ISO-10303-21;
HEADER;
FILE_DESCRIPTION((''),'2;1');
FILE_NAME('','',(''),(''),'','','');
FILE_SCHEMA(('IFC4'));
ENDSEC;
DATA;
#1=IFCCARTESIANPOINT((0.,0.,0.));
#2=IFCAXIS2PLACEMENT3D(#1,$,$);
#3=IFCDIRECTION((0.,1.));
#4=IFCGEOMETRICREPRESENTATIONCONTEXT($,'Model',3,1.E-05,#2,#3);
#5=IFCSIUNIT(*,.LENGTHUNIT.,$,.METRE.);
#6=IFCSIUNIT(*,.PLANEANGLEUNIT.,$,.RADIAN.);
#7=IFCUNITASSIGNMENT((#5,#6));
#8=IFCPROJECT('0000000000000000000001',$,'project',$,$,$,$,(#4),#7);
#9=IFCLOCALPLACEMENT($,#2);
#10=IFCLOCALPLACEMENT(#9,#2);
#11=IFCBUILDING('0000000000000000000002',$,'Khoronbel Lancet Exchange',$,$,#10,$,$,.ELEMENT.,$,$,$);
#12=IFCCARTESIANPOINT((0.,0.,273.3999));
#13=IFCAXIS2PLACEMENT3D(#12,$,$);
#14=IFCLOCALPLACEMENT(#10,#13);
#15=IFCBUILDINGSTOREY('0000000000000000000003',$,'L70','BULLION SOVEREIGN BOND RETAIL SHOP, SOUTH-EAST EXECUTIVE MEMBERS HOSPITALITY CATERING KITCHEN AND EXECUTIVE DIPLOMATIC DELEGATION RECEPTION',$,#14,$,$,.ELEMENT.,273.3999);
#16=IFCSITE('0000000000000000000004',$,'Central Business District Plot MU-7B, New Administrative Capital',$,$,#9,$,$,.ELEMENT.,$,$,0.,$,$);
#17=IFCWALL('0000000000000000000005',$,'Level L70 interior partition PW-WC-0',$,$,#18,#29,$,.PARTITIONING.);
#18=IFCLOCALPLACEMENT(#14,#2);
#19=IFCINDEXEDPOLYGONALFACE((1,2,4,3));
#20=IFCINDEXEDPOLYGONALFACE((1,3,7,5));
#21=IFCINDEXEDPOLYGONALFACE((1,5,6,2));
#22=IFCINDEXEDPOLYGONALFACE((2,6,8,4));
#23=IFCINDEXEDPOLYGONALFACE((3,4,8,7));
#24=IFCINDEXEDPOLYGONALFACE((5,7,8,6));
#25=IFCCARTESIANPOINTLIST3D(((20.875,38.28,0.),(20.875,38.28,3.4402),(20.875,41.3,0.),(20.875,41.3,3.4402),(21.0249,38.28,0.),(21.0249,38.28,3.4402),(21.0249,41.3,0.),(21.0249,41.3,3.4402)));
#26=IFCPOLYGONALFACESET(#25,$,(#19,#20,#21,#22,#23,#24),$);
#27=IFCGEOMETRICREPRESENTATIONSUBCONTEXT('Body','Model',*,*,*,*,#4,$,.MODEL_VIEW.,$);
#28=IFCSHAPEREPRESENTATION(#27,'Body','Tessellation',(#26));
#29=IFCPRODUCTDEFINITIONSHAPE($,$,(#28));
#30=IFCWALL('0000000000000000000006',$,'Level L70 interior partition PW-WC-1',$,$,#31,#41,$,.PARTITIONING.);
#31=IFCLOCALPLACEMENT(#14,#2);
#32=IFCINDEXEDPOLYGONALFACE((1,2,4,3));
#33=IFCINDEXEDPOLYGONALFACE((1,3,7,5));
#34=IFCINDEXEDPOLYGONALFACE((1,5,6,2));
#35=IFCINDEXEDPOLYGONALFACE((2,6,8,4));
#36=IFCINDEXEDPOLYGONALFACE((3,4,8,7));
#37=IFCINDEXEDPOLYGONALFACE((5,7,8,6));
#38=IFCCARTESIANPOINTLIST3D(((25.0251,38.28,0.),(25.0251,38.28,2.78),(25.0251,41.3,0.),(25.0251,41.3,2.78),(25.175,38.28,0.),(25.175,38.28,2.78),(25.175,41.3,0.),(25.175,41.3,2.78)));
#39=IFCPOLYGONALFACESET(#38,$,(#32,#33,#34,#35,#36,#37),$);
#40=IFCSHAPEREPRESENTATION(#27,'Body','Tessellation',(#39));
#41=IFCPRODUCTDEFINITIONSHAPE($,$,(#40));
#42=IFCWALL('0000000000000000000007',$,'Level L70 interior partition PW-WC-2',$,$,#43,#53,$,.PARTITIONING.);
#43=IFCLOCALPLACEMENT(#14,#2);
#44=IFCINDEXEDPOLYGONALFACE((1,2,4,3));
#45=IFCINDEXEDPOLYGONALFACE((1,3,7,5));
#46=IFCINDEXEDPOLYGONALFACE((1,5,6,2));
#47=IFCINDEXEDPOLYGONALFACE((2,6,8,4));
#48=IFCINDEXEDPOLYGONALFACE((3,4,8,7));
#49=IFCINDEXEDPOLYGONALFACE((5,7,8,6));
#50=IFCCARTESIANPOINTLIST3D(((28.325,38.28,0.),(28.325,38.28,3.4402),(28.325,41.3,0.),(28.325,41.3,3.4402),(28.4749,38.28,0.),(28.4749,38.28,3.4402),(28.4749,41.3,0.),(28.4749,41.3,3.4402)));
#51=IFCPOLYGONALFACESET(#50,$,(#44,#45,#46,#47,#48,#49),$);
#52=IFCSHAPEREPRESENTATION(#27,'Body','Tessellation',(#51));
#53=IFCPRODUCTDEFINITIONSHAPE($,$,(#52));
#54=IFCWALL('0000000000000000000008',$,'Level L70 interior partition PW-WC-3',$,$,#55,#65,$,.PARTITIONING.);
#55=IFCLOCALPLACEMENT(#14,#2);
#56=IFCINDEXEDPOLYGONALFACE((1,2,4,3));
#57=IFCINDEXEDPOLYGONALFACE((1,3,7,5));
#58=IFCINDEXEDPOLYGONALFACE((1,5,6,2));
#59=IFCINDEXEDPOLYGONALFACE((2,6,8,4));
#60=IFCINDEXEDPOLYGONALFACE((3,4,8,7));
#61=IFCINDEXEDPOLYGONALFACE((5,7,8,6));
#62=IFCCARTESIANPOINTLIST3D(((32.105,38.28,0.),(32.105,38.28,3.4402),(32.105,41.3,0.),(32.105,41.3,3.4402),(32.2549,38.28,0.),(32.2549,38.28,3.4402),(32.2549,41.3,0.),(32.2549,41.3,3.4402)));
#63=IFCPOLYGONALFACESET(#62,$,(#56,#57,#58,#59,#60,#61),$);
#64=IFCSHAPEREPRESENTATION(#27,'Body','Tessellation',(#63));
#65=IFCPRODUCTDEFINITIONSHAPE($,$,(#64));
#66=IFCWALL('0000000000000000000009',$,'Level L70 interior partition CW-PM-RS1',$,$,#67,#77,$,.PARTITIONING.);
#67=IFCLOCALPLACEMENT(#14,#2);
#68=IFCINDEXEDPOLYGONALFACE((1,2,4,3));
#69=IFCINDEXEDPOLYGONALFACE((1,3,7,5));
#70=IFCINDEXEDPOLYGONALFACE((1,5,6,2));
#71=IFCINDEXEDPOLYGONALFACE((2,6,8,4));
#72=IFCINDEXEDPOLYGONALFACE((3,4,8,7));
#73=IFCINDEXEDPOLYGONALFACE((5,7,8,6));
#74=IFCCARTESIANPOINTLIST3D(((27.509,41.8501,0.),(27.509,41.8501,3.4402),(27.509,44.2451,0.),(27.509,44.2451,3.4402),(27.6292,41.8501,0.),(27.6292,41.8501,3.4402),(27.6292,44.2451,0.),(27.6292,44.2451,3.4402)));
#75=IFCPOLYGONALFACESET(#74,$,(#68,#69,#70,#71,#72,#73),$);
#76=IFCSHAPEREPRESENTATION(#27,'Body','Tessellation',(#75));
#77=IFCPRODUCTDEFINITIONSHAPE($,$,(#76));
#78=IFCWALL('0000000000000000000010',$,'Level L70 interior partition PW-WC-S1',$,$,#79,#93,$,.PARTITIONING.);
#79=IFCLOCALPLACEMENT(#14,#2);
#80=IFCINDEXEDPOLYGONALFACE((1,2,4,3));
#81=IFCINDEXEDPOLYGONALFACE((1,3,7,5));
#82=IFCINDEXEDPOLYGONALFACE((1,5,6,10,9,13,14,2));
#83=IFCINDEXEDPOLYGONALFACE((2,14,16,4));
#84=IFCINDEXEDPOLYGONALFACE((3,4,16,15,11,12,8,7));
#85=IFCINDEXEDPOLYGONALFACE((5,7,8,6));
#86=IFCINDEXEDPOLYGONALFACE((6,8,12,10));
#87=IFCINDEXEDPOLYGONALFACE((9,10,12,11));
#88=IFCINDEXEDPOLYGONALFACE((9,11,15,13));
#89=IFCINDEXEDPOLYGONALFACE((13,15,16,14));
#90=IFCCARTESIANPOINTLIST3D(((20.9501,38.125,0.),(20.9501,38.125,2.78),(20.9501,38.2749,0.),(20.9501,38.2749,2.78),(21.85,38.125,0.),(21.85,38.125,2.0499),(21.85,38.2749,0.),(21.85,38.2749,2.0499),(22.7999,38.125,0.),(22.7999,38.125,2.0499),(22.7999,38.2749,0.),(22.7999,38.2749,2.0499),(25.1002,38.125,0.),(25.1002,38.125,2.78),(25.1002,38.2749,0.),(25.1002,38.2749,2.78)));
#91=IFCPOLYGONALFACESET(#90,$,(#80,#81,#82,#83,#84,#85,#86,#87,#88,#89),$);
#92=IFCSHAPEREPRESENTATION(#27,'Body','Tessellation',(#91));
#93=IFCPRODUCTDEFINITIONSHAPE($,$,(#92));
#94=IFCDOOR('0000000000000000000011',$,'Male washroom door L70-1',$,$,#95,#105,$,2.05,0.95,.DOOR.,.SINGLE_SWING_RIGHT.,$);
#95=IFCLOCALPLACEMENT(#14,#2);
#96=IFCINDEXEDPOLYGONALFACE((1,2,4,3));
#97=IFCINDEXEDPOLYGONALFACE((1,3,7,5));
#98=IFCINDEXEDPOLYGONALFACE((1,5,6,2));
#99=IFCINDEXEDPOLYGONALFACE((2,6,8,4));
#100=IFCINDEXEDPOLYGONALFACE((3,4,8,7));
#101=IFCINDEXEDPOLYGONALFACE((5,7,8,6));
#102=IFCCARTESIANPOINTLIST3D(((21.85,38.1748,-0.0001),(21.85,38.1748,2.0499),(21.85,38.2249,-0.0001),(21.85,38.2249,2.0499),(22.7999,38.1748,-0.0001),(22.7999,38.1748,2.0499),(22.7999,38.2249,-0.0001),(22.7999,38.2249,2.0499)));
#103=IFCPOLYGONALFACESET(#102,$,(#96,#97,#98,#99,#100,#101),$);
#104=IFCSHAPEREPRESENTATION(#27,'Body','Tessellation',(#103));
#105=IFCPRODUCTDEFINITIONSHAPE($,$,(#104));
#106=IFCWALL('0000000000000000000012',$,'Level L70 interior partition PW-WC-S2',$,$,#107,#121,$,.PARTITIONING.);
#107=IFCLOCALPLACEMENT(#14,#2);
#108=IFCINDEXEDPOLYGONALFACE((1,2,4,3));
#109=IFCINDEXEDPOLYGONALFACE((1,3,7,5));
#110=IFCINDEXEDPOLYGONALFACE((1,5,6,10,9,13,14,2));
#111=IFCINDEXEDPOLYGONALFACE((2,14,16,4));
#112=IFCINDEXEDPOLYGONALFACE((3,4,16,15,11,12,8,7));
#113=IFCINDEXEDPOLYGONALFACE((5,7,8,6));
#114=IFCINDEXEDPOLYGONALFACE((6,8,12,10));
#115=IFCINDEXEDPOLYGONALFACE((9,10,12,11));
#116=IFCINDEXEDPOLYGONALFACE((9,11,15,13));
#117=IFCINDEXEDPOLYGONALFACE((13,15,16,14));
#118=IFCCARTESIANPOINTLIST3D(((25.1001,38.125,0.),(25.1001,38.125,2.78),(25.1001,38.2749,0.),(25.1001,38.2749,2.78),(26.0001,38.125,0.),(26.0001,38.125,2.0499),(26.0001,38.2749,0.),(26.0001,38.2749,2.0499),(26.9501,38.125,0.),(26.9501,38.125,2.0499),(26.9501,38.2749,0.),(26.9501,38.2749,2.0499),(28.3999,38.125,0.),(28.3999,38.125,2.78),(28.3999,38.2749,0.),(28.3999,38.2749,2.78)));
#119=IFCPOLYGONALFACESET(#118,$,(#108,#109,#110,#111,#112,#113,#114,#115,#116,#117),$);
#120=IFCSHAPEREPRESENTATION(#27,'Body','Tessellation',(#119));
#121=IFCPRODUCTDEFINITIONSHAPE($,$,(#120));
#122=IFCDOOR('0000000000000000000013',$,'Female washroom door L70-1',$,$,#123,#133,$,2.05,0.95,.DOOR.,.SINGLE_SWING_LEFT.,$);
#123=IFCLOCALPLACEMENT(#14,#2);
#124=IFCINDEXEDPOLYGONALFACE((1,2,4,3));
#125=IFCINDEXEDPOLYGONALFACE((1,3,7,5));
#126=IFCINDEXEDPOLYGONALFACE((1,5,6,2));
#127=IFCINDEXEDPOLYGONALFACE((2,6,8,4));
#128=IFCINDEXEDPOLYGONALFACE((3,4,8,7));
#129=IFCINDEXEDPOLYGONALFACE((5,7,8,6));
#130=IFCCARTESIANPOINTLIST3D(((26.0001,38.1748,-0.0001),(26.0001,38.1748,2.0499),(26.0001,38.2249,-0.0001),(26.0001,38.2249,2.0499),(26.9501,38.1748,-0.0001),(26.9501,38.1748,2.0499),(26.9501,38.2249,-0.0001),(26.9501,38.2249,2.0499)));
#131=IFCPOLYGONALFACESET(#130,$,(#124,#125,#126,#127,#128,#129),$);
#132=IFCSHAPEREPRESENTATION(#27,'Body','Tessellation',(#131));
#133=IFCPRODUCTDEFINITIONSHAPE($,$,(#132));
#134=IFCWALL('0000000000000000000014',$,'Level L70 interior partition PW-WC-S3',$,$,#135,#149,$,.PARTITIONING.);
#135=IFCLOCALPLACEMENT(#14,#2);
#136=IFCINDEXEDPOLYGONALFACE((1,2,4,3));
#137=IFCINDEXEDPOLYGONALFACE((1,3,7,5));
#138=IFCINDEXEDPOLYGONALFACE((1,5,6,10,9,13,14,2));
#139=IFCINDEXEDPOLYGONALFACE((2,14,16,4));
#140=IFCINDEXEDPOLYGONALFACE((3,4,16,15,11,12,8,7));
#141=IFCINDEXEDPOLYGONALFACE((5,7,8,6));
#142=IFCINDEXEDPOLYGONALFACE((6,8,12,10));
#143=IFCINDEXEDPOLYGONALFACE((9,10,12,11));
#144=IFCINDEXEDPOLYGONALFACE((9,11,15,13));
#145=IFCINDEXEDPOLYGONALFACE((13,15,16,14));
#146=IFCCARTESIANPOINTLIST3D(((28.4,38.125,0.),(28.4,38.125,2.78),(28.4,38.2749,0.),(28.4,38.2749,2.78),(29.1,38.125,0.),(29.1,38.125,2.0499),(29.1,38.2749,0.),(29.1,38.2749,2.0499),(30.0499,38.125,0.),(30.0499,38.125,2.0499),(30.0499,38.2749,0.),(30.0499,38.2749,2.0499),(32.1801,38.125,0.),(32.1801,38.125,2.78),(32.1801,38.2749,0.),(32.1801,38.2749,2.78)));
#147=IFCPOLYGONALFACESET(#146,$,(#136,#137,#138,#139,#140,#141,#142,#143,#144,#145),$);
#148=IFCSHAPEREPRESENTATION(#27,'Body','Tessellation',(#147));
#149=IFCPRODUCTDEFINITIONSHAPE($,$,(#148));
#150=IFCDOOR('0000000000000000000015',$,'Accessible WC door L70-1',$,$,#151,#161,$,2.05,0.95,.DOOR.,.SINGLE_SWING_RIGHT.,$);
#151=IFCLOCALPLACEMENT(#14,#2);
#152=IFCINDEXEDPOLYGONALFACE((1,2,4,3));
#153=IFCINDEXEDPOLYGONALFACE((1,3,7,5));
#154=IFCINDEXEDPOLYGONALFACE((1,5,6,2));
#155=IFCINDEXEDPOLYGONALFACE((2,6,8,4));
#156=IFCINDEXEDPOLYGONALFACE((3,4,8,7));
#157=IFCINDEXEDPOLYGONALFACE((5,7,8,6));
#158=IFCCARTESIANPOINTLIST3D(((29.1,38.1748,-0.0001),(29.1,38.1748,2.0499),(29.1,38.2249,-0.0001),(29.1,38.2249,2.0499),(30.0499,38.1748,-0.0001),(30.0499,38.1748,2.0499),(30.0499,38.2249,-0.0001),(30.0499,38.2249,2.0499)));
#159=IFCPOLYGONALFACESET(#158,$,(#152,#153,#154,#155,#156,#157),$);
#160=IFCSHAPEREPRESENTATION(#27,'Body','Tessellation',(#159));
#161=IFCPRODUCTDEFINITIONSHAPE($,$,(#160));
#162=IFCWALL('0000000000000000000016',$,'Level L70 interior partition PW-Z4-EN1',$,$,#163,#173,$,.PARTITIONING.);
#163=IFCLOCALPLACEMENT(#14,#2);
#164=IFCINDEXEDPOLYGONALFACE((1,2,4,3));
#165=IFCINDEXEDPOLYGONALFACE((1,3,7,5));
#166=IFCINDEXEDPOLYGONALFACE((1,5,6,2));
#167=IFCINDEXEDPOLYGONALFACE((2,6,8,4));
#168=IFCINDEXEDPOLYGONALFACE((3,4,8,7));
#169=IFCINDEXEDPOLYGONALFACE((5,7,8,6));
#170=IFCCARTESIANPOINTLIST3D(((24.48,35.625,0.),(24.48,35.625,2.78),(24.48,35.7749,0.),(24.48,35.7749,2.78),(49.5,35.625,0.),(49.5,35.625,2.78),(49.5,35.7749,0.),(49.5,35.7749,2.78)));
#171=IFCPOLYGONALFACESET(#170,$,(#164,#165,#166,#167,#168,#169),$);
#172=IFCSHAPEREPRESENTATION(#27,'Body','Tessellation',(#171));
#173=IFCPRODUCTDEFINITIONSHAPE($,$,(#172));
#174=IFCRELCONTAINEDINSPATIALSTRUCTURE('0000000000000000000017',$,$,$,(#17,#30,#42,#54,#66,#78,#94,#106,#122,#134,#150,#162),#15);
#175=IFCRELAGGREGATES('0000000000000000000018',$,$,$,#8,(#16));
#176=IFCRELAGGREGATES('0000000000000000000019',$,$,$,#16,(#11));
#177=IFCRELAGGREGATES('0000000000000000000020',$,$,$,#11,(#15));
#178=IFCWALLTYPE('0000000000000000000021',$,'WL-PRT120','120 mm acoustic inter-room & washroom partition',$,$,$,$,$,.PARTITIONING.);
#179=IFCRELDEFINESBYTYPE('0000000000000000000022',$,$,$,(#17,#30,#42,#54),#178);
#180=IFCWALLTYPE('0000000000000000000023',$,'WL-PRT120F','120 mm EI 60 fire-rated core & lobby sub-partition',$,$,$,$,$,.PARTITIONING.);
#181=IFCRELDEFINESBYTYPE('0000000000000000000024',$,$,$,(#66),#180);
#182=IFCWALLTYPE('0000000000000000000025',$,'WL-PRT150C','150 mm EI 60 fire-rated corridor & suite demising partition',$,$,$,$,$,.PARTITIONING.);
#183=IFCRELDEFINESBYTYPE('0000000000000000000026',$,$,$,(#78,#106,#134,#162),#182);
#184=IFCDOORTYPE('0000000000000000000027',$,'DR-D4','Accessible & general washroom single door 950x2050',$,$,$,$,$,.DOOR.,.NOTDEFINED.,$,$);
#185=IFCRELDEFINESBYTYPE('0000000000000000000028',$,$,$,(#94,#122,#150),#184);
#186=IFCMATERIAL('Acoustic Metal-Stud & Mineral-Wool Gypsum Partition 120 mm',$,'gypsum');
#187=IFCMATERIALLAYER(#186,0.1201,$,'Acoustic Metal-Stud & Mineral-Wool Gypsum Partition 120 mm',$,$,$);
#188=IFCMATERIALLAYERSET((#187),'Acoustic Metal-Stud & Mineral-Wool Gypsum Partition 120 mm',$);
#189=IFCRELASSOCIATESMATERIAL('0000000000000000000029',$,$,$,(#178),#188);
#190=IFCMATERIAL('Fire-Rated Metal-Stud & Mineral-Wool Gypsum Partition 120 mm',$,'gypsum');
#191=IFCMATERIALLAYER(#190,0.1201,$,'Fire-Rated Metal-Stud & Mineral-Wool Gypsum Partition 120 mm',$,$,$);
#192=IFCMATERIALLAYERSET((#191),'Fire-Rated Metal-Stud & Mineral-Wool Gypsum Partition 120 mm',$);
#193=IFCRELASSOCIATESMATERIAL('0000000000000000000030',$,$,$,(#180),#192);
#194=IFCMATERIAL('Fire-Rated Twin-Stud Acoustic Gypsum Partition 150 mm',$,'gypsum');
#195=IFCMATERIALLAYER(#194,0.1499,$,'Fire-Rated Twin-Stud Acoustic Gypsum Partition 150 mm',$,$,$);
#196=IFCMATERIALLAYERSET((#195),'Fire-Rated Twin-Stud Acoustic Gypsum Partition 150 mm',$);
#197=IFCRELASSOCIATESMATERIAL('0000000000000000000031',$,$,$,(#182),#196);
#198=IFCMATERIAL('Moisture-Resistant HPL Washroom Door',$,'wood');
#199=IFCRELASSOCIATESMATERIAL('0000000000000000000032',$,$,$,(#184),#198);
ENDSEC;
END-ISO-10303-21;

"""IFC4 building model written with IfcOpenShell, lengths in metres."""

from ifc_helpers import new_model, si_unit, direction, frame, frame_2d, origin, place, context, subcontext, project, spatial, rectangle, extrude, material, layer, layer_set, type_object, element, fill, save


model = new_model("IFC4")

# Units and contexts
model_context = context("Model", 3, precision=1e-05, world=origin(), true_north=direction((0.0, 1.0)))
body_context = subcontext(model_context, "Body", "Model", "MODEL_VIEW")
ifc_project = project(units=[si_unit("LENGTHUNIT", "METRE"), si_unit("PLANEANGLEUNIT", "RADIAN")], contexts=[model_context])

# Site, building, storey
site_placement = place(None, origin())
site = spatial("IfcSite", under=ifc_project, at=site_placement, Name="Central Business District Plot MU-7B, New Administrative Capital", CompositionType="ELEMENT", RefElevation=0.0)
building_placement = place(site_placement, origin())
building = spatial("IfcBuilding", under=site, at=building_placement, Name="Khoronbel Lancet Exchange", CompositionType="ELEMENT")
storey_placement = place(building_placement, frame((0.0, 0.0, 273.3999)))
storey = spatial("IfcBuildingStorey", under=building, at=storey_placement, Name="L70", Description="BULLION SOVEREIGN BOND RETAIL SHOP, SOUTH-EAST EXECUTIVE MEMBERS HOSPITALITY CATERING KITCHEN AND EXECUTIVE DIPLOMATIC DELEGATION RECEPTION", CompositionType="ELEMENT", Elevation=273.3999)

# Walls
ifc_material_1 = material(Name="Acoustic Metal-Stud & Mineral-Wool Gypsum Partition 120 mm", Category="gypsum")
ifc_layer_1 = layer(ifc_material_1, 0.1201, Name="Acoustic Metal-Stud & Mineral-Wool Gypsum Partition 120 mm")
ifc_layer_set_1 = layer_set([ifc_layer_1], Name="Acoustic Metal-Stud & Mineral-Wool Gypsum Partition 120 mm")
wall_type_1 = type_object("IfcWallType", Name="WL-PRT120", Description="120 mm acoustic inter-room & washroom partition", PredefinedType="PARTITIONING", material=ifc_layer_set_1)
wall_1_placement = place(storey_placement, frame((20.95, 38.28, 0.0), z_axis=(0.0, 0.0, 1.0), x_axis=(0.0, 1.0, 0.0)))
element("IfcWall", 1, at=wall_1_placement, inside=storey, type_object=wall_type_1, Name="Level L70 interior partition PW-WC-0", PredefinedType="PARTITIONING", context=body_context, shape_type="SweptSolid", body=[
    extrude(rectangle(XDim=3.02, YDim=0.1499, at=frame_2d((1.51, 0.0))), origin(), (0.0, 0.0, 1.0), 3.4402),
])
wall_2_placement = place(storey_placement, frame((25.1001, 38.28, 0.0), z_axis=(0.0, 0.0, 1.0), x_axis=(0.0, 1.0, 0.0)))
element("IfcWall", 2, at=wall_2_placement, inside=storey, type_object=wall_type_1, Name="Level L70 interior partition PW-WC-1", PredefinedType="PARTITIONING", context=body_context, shape_type="SweptSolid", body=[
    extrude(rectangle(XDim=3.02, YDim=0.1499, at=frame_2d((1.51, 0.0))), origin(), (0.0, 0.0, 1.0), 2.78),
])
for number, where, z_axis, x_axis, name in (
    (3, (28.3999, 38.28, 0.0), (0.0, 0.0, 1.0), (0.0, 1.0, 0.0), "Level L70 interior partition PW-WC-2"),
    (4, (32.1799, 38.28, 0.0), (0.0, 0.0, 1.0), (0.0, 1.0, 0.0), "Level L70 interior partition PW-WC-3"),
):
    element("IfcWall", number, at=place(storey_placement, frame(where, z_axis=z_axis, x_axis=x_axis)), inside=storey, type_object=wall_type_1, Name=name, PredefinedType="PARTITIONING", context=body_context, shape_type="SweptSolid", body=[
        extrude(rectangle(XDim=3.02, YDim=0.1499, at=frame_2d((1.51, 0.0))), origin(), (0.0, 0.0, 1.0), 3.4402),
    ])
ifc_material_2 = material(Name="Fire-Rated Metal-Stud & Mineral-Wool Gypsum Partition 120 mm", Category="gypsum")
ifc_layer_2 = layer(ifc_material_2, 0.1201, Name="Fire-Rated Metal-Stud & Mineral-Wool Gypsum Partition 120 mm")
ifc_layer_set_2 = layer_set([ifc_layer_2], Name="Fire-Rated Metal-Stud & Mineral-Wool Gypsum Partition 120 mm")
wall_type_2 = type_object("IfcWallType", Name="WL-PRT120F", Description="120 mm EI 60 fire-rated core & lobby sub-partition", PredefinedType="PARTITIONING", material=ifc_layer_set_2)
wall_3_placement = place(storey_placement, frame((27.5691, 41.8501, 0.0), z_axis=(0.0, 0.0, 1.0), x_axis=(0.0, 1.0, 0.0)))
element("IfcWall", 5, at=wall_3_placement, inside=storey, type_object=wall_type_2, Name="Level L70 interior partition CW-PM-RS1", PredefinedType="PARTITIONING", context=body_context, shape_type="SweptSolid", body=[
    extrude(rectangle(XDim=2.395, YDim=0.1201, at=frame_2d((1.1975, 0.0))), origin(), (0.0, 0.0, 1.0), 3.4402),
])

# Walls, openings, doors
ifc_material_3 = material(Name="Fire-Rated Twin-Stud Acoustic Gypsum Partition 150 mm", Category="gypsum")
ifc_layer_3 = layer(ifc_material_3, 0.1499, Name="Fire-Rated Twin-Stud Acoustic Gypsum Partition 150 mm")
ifc_layer_set_3 = layer_set([ifc_layer_3], Name="Fire-Rated Twin-Stud Acoustic Gypsum Partition 150 mm")
wall_type_3 = type_object("IfcWallType", Name="WL-PRT150C", Description="150 mm EI 60 fire-rated corridor & suite demising partition", PredefinedType="PARTITIONING", material=ifc_layer_set_3)
wall_4_placement = place(storey_placement, frame((20.95, 38.2, 0.0), z_axis=(0.0, 0.0, 1.0), x_axis=(1.0, 0.0, 0.0)))
wall_4 = element("IfcWall", 6, at=wall_4_placement, inside=storey, type_object=wall_type_3, Name="Level L70 interior partition PW-WC-S1", PredefinedType="PARTITIONING", context=body_context, shape_type="SweptSolid", body=[
    extrude(rectangle(XDim=4.1501, YDim=0.1499, at=frame_2d((2.0752, 0.0))), origin(), (0.0, 0.0, 1.0), 2.78),
])
opening_1_placement = place(wall_4_placement, frame((0.8999, 0.0, 0.0)))
opening_1 = element("IfcOpeningElement", 7, at=opening_1_placement, cuts=wall_4, PredefinedType="OPENING", context=body_context, shape_type="SweptSolid", body=[
    extrude(rectangle(XDim=0.95, YDim=2.05, at=frame_2d((0.4751, 1.0249))), frame((0.0, 0.085, 0.0), z_axis=(0.0, -1.0, 0.0), x_axis=(1.0, 0.0, 0.0)), (0.0, 0.0, 1.0), 0.1699),
])
ifc_material_4 = material(Name="Moisture-Resistant HPL Washroom Door", Category="wood")
door_type_1 = type_object("IfcDoorType", Name="DR-D4", Description="Accessible & general washroom single door 950x2050", OperationType="NOTDEFINED", PredefinedType="DOOR", material=ifc_material_4)
door_1_placement = place(opening_1_placement, origin())
door_1 = element("IfcDoor", 8, at=door_1_placement, inside=storey, type_object=door_type_1, Name="Male washroom door L70-1", OperationType="SINGLE_SWING_RIGHT", OverallHeight=2.05, OverallWidth=0.95, PredefinedType="DOOR", context=body_context, shape_type="SweptSolid", body=[
    extrude(rectangle(XDim=0.95, YDim=2.05, at=frame_2d((0.4751, 1.0249))), frame((0.0, 0.0249, 0.0), z_axis=(0.0, -1.0, 0.0), x_axis=(1.0, 0.0, 0.0)), (0.0, 0.0, 1.0), 0.05),
])
fill(opening_1, door_1)
wall_5_placement = place(storey_placement, frame((25.1001, 38.2, 0.0), z_axis=(0.0, 0.0, 1.0), x_axis=(1.0, 0.0, 0.0)))
wall_5 = element("IfcWall", 9, at=wall_5_placement, inside=storey, type_object=wall_type_3, Name="Level L70 interior partition PW-WC-S2", PredefinedType="PARTITIONING", context=body_context, shape_type="SweptSolid", body=[
    extrude(rectangle(XDim=3.2998, YDim=0.1499, at=frame_2d((1.6499, 0.0))), origin(), (0.0, 0.0, 1.0), 2.78),
])
opening_2_placement = place(wall_5_placement, frame((0.8999, 0.0, 0.0)))
opening_2 = element("IfcOpeningElement", 10, at=opening_2_placement, cuts=wall_5, PredefinedType="OPENING", context=body_context, shape_type="SweptSolid", body=[
    extrude(rectangle(XDim=0.95, YDim=2.05, at=frame_2d((0.4751, 1.0249))), frame((0.0, 0.085, 0.0), z_axis=(0.0, -1.0, 0.0), x_axis=(1.0, 0.0, 0.0)), (0.0, 0.0, 1.0), 0.1699),
])
door_2_placement = place(opening_2_placement, origin())
door_2 = element("IfcDoor", 11, at=door_2_placement, inside=storey, type_object=door_type_1, Name="Female washroom door L70-1", OperationType="SINGLE_SWING_LEFT", OverallHeight=2.05, OverallWidth=0.95, PredefinedType="DOOR", context=body_context, shape_type="SweptSolid", body=[
    extrude(rectangle(XDim=0.95, YDim=2.05, at=frame_2d((0.4751, 1.0249))), frame((0.0, 0.0249, 0.0), z_axis=(0.0, -1.0, 0.0), x_axis=(1.0, 0.0, 0.0)), (0.0, 0.0, 1.0), 0.05),
])
fill(opening_2, door_2)
wall_6_placement = place(storey_placement, frame((28.3999, 38.2, 0.0), z_axis=(0.0, 0.0, 1.0), x_axis=(1.0, 0.0, 0.0)))
wall_6 = element("IfcWall", 12, at=wall_6_placement, inside=storey, type_object=wall_type_3, Name="Level L70 interior partition PW-WC-S3", PredefinedType="PARTITIONING", context=body_context, shape_type="SweptSolid", body=[
    extrude(rectangle(XDim=3.78, YDim=0.1499, at=frame_2d((1.8901, 0.0))), origin(), (0.0, 0.0, 1.0), 2.78),
])
opening_3_placement = place(wall_6_placement, frame((0.7, 0.0, 0.0)))
opening_3 = element("IfcOpeningElement", 13, at=opening_3_placement, cuts=wall_6, PredefinedType="OPENING", context=body_context, shape_type="SweptSolid", body=[
    extrude(rectangle(XDim=0.95, YDim=2.05, at=frame_2d((0.4751, 1.0249))), frame((0.0, 0.085, 0.0), z_axis=(0.0, -1.0, 0.0), x_axis=(1.0, 0.0, 0.0)), (0.0, 0.0, 1.0), 0.1699),
])
door_3_placement = place(opening_3_placement, origin())
door_3 = element("IfcDoor", 14, at=door_3_placement, inside=storey, type_object=door_type_1, Name="Accessible WC door L70-1", OperationType="SINGLE_SWING_RIGHT", OverallHeight=2.05, OverallWidth=0.95, PredefinedType="DOOR", context=body_context, shape_type="SweptSolid", body=[
    extrude(rectangle(XDim=0.95, YDim=2.05, at=frame_2d((0.4751, 1.0249))), frame((0.0, 0.0249, 0.0), z_axis=(0.0, -1.0, 0.0), x_axis=(1.0, 0.0, 0.0)), (0.0, 0.0, 1.0), 0.05),
])
fill(opening_3, door_3)

# Wall
wall_7_placement = place(storey_placement, frame((24.48, 35.7, 0.0), z_axis=(0.0, 0.0, 1.0), x_axis=(1.0, 0.0, 0.0)))
element("IfcWall", 15, at=wall_7_placement, inside=storey, type_object=wall_type_3, Name="Level L70 interior partition PW-Z4-EN1", PredefinedType="PARTITIONING", context=body_context, shape_type="SweptSolid", body=[
    extrude(rectangle(XDim=25.02, YDim=0.1499, at=frame_2d((12.51, 0.0))), origin(), (0.0, 0.0, 1.0), 2.78),
])

save(model, "model.ifc")
